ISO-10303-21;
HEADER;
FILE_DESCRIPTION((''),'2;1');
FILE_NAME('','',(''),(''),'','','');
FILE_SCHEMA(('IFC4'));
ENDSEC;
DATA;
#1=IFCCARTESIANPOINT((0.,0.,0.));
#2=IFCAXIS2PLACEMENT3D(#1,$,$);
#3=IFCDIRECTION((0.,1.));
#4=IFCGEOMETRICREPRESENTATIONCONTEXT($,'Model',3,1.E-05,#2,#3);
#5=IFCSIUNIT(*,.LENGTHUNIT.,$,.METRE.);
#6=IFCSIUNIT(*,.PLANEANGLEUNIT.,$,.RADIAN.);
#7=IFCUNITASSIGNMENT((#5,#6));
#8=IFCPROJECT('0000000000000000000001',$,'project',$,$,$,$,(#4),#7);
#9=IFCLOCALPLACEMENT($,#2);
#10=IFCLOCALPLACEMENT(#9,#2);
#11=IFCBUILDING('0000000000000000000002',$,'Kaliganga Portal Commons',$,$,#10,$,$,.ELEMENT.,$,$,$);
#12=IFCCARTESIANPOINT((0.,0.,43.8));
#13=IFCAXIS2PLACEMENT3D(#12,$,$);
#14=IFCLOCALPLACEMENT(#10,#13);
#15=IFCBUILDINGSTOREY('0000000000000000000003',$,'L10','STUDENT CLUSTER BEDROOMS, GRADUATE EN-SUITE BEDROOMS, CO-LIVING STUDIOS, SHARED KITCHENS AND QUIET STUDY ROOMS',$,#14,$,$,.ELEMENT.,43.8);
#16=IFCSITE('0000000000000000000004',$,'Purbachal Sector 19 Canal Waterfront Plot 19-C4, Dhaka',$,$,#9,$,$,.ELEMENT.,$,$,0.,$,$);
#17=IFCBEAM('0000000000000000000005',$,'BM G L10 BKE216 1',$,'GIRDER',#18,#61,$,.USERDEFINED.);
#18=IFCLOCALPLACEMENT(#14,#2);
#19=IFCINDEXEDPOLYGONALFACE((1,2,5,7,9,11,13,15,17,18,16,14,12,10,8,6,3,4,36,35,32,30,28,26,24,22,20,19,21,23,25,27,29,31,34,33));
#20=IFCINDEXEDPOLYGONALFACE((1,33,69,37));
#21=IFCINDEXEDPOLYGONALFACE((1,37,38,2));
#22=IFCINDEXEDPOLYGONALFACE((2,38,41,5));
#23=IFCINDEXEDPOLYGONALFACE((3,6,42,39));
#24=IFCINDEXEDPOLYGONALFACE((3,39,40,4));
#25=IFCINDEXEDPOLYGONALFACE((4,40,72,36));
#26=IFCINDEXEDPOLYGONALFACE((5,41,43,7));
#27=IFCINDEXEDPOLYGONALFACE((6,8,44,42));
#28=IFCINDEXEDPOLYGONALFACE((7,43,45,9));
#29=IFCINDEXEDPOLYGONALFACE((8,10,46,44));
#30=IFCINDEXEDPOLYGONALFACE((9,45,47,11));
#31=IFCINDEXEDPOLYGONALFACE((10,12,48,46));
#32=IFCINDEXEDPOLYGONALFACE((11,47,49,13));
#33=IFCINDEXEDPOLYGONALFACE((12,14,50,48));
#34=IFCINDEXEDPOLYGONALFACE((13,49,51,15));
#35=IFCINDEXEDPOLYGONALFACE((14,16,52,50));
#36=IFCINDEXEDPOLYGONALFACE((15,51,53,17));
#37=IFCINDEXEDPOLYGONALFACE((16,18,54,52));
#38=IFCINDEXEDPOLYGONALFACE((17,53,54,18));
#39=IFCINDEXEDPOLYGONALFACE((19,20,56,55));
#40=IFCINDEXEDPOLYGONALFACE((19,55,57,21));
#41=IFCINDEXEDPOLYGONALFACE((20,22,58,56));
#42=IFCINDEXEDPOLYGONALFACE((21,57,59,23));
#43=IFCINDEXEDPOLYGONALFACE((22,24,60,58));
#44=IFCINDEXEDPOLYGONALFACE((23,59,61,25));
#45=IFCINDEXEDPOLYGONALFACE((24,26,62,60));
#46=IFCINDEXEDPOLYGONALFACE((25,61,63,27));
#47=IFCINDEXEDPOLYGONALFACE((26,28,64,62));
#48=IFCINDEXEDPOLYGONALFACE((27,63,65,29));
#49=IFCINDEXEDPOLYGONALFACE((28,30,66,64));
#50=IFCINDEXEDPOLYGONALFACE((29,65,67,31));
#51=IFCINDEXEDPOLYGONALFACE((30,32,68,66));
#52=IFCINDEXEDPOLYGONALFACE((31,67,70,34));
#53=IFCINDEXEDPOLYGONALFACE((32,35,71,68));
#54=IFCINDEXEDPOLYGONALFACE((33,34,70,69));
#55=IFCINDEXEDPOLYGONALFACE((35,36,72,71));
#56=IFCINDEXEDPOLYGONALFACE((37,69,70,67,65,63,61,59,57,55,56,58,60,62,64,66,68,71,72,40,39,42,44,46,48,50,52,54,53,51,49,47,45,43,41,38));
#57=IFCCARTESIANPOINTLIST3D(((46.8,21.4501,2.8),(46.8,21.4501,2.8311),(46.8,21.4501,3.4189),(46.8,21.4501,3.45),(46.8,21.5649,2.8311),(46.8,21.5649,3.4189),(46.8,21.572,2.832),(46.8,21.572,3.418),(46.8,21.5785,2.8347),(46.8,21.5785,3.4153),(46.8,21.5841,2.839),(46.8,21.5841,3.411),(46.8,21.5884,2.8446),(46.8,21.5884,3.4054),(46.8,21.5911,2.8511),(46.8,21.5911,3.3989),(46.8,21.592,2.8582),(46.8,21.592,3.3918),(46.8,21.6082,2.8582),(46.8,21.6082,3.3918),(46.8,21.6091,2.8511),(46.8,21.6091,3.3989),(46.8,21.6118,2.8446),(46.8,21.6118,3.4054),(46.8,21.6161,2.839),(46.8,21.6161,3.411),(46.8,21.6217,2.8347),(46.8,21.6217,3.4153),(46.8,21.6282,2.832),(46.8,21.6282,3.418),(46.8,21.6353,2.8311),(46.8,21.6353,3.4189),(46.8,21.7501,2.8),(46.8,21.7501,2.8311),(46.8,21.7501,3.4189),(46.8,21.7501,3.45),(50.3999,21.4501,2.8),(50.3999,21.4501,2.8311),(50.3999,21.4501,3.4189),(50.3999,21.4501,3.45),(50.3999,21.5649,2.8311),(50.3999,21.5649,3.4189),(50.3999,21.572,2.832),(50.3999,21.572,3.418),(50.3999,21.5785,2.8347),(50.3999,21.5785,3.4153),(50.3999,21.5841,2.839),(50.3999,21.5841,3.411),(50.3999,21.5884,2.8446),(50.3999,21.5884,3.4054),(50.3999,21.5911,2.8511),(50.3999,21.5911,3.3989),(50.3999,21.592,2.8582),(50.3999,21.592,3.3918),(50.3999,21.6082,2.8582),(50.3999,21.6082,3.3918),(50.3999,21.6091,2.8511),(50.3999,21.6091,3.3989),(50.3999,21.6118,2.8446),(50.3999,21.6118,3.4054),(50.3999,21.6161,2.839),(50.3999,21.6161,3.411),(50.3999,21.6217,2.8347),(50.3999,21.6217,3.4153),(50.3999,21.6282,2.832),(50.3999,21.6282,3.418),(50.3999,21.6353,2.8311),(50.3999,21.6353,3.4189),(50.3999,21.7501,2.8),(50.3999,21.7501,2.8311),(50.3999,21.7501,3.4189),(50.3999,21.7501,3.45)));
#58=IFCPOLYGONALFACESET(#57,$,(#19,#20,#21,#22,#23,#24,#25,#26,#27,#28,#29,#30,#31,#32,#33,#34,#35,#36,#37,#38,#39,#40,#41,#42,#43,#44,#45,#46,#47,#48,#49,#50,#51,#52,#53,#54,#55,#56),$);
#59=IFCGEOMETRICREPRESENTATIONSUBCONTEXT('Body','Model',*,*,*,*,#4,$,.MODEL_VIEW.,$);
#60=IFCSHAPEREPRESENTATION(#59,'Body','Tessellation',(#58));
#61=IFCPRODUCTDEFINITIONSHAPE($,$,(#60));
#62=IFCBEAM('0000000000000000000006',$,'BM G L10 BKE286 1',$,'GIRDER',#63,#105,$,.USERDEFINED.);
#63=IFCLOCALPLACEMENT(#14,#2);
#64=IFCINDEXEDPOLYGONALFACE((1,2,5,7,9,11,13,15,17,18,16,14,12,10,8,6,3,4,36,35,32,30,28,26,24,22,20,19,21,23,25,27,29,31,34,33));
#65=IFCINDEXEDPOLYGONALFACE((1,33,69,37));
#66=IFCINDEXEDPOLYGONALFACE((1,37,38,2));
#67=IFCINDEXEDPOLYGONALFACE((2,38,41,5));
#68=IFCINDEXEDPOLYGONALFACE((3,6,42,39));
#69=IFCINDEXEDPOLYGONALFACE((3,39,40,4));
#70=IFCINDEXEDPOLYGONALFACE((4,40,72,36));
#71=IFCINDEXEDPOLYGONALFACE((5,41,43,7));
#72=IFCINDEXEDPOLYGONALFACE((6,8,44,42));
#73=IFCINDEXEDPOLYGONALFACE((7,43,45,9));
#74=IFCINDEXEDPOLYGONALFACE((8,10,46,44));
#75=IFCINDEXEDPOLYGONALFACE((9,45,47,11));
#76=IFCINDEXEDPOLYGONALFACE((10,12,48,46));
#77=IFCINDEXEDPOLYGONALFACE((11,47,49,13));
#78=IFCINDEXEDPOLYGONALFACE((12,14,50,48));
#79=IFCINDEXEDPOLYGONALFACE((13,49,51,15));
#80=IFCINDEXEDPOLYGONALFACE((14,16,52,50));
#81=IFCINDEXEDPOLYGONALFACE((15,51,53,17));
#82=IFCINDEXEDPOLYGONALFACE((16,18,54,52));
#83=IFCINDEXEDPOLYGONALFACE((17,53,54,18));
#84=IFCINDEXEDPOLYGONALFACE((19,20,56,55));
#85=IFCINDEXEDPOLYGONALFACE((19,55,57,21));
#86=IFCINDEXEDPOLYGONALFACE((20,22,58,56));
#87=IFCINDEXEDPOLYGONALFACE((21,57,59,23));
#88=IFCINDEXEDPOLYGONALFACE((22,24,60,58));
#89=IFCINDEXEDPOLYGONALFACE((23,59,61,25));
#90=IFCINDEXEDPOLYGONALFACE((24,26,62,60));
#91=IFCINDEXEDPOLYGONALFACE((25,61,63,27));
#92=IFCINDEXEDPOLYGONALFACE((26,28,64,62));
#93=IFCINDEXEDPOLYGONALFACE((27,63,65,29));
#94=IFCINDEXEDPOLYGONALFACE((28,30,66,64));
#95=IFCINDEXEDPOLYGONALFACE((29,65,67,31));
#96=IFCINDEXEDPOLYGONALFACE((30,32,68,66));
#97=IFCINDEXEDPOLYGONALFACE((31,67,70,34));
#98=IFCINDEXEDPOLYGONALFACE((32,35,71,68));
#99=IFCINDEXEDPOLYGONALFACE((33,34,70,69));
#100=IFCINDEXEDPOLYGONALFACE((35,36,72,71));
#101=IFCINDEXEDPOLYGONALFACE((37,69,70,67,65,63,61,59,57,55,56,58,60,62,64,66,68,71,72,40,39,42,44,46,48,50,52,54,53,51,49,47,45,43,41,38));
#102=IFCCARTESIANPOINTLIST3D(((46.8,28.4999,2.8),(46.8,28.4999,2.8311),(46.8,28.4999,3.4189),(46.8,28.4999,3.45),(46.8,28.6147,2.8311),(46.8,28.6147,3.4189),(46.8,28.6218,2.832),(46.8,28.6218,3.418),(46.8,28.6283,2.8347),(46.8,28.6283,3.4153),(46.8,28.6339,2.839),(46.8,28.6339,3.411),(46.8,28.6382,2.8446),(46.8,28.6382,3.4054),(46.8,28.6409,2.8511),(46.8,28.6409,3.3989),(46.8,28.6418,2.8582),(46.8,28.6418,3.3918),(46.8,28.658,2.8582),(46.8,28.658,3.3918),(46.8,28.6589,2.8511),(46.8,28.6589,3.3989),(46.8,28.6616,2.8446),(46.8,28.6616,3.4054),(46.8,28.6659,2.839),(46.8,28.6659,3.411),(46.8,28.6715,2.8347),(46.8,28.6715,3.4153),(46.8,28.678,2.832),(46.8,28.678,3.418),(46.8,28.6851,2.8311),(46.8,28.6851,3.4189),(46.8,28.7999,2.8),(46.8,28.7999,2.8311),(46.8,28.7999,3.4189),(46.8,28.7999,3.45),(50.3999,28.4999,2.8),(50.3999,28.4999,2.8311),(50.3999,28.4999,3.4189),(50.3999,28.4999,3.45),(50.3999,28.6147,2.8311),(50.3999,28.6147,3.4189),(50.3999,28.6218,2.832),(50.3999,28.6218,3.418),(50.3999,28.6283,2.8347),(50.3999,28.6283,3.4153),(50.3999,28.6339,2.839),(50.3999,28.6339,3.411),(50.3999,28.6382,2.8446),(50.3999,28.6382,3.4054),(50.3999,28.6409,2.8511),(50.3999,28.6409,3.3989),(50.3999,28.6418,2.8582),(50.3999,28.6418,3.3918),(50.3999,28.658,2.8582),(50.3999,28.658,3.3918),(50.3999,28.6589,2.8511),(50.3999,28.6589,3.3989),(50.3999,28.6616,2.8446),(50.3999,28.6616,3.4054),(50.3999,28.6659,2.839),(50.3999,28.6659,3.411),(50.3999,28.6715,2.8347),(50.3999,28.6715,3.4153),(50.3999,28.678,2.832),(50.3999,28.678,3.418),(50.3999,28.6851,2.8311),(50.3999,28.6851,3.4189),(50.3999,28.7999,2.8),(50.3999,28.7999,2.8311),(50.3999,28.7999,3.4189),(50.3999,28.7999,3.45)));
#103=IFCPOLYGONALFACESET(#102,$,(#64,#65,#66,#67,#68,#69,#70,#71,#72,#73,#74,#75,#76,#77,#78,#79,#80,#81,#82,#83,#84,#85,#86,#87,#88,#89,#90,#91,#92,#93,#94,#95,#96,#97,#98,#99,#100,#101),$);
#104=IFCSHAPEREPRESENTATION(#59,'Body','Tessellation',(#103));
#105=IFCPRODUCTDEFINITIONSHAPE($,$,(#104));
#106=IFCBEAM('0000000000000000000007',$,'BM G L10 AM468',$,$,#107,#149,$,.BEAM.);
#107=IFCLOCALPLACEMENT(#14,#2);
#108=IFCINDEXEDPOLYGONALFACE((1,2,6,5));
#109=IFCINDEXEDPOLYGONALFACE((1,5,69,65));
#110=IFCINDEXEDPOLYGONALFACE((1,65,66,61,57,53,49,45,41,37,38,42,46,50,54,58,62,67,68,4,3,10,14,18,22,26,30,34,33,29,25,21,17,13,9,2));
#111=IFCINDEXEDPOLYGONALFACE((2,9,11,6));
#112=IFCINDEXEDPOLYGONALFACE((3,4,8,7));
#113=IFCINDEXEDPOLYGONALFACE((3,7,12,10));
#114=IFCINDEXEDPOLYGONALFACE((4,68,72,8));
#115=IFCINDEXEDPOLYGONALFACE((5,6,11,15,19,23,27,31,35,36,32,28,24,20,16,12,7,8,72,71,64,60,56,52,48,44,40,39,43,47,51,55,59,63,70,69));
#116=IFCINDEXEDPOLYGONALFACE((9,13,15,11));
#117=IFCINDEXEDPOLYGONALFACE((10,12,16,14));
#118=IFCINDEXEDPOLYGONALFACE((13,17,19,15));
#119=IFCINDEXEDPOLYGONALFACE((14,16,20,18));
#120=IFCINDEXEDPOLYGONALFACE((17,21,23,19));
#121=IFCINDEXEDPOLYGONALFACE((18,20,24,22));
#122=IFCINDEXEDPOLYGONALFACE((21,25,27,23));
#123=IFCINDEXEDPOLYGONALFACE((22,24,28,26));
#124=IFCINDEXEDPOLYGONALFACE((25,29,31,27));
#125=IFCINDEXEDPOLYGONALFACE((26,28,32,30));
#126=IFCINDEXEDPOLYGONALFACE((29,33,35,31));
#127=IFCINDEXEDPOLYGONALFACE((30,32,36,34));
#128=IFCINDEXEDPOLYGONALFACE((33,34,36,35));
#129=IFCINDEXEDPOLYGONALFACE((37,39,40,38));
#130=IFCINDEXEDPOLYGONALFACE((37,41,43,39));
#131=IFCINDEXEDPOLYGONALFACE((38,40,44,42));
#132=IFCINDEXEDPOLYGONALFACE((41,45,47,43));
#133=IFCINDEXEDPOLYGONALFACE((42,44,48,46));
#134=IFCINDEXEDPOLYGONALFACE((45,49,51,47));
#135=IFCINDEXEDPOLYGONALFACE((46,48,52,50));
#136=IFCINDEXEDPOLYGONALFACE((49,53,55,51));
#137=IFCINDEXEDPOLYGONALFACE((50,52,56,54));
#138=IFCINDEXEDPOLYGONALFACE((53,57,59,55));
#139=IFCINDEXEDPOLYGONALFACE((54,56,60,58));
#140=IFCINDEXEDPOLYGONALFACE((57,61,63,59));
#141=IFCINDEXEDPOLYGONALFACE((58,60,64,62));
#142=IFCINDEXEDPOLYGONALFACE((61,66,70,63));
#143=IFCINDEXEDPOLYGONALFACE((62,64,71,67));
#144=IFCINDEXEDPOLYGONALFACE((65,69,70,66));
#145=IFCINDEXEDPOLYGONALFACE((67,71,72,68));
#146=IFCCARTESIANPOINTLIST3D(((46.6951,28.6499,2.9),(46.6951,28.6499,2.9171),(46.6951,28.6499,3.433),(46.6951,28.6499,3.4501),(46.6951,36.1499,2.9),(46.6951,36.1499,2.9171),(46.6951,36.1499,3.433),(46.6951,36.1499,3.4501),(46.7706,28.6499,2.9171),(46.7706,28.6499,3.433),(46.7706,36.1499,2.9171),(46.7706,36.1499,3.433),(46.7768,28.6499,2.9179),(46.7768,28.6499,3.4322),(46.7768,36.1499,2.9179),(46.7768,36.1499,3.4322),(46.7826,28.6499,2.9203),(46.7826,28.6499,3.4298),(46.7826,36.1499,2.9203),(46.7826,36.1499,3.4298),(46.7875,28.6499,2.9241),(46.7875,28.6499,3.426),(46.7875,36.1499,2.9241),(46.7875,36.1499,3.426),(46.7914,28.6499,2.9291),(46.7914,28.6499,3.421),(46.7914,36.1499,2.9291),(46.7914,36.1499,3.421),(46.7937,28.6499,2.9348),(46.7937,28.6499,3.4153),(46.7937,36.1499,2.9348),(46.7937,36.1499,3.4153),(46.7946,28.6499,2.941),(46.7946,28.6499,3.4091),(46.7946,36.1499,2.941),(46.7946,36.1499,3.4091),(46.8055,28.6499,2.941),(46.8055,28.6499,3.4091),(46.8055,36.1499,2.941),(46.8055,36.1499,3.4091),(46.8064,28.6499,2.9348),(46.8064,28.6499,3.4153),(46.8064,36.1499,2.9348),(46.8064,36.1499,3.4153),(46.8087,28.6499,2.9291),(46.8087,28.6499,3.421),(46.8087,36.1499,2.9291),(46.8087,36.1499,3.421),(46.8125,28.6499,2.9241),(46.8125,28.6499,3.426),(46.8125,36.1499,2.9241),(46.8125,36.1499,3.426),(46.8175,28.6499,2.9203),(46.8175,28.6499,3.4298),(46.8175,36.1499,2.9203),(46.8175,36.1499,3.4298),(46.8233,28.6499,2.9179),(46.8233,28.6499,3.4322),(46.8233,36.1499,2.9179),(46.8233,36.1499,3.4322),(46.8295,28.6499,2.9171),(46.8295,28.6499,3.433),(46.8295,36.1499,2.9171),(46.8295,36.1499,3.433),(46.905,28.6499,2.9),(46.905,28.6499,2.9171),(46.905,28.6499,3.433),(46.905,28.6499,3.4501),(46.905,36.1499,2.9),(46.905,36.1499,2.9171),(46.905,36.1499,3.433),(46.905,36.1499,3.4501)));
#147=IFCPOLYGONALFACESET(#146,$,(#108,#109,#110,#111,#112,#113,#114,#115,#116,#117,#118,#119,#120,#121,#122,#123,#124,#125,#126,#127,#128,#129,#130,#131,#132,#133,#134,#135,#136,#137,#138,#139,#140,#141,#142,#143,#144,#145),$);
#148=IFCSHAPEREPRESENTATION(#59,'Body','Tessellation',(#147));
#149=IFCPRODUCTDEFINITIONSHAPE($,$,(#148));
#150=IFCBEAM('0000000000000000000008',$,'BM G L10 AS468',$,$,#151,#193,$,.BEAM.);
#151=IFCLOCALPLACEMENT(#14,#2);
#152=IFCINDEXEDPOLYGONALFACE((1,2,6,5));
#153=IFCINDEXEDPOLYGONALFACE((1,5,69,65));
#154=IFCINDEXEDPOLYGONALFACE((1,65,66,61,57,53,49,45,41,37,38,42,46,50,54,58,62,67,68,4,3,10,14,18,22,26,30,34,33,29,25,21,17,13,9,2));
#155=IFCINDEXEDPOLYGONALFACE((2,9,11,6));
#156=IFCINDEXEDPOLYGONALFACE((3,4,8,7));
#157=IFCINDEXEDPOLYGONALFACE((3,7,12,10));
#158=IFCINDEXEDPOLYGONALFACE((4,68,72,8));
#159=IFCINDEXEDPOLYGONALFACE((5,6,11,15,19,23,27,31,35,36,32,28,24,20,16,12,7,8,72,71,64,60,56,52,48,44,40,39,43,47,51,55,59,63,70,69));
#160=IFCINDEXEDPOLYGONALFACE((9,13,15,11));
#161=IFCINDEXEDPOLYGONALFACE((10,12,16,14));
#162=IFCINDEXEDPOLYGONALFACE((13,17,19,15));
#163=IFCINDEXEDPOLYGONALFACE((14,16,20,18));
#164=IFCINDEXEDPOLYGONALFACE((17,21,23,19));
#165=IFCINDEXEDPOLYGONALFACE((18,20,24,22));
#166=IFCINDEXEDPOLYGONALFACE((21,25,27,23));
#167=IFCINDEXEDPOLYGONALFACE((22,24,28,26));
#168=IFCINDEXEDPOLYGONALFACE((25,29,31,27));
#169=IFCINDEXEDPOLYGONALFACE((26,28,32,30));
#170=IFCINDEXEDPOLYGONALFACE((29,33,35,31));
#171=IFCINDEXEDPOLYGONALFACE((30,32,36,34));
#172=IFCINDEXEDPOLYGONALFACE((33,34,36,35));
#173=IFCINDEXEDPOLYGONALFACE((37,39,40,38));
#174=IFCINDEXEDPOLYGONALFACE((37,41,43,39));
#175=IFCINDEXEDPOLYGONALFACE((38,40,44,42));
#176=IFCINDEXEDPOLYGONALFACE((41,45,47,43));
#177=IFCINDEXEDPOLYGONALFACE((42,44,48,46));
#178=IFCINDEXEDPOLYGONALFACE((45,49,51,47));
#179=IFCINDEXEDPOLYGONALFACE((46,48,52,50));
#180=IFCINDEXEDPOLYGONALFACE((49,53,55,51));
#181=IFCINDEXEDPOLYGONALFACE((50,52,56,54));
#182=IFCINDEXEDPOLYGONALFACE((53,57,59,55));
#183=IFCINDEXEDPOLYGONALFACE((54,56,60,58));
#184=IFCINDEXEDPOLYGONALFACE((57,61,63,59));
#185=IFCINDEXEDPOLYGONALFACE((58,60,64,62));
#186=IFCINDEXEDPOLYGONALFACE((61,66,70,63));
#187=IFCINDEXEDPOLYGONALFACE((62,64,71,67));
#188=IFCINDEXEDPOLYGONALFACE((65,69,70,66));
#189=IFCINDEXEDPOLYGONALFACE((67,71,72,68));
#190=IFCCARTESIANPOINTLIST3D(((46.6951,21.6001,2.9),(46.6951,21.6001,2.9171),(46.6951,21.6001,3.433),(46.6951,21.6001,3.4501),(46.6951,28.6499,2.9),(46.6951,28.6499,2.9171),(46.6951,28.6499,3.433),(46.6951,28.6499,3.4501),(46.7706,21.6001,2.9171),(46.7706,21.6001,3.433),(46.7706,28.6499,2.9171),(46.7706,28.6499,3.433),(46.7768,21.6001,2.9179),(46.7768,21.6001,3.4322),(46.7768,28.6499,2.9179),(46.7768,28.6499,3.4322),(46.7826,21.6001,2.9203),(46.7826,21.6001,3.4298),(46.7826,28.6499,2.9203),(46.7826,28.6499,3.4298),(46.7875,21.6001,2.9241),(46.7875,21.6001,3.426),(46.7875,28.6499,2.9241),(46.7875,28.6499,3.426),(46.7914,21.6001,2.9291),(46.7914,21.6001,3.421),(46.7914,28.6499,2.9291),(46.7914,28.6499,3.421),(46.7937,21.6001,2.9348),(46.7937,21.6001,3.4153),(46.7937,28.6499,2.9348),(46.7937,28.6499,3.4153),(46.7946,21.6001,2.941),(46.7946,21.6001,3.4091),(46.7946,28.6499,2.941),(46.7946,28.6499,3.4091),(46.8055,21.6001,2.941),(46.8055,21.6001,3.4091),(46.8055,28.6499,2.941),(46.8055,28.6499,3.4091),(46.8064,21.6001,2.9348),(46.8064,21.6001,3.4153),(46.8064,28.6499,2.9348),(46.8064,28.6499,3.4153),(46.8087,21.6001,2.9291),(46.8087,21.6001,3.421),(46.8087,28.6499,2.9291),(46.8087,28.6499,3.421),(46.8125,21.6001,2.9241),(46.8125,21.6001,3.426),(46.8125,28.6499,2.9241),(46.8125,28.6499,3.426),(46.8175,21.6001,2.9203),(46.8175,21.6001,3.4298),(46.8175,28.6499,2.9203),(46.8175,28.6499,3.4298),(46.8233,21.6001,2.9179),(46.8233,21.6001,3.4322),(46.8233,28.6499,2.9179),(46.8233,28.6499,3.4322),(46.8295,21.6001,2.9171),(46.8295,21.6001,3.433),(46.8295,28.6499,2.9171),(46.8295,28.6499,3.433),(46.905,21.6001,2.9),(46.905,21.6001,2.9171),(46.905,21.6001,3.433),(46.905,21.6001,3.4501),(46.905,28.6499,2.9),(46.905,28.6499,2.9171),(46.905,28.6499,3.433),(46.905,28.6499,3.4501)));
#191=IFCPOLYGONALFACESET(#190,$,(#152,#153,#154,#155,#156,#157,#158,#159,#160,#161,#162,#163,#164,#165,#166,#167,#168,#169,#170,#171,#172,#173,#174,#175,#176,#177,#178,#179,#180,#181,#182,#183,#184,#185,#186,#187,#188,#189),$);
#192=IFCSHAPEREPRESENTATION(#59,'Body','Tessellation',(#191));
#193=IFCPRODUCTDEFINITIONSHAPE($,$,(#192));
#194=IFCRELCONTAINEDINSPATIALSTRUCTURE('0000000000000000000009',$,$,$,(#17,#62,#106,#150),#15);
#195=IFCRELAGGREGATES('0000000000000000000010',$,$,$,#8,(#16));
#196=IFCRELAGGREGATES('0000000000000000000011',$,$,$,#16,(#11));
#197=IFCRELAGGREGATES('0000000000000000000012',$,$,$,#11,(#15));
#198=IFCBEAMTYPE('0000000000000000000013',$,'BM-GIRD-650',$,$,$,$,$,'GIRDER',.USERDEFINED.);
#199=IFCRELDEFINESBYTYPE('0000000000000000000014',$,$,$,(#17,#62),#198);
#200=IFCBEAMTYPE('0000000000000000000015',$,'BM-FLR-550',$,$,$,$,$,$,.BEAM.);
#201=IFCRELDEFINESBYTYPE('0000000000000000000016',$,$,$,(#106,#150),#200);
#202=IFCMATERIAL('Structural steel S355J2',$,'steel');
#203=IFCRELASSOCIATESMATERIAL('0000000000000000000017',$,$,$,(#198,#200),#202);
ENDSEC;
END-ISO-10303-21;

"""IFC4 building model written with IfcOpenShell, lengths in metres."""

from ifc_helpers import new_model, si_unit, direction, frame, origin, origin_2d, place, context, subcontext, project, spatial, i_section, extrude, source, transform, mapped, material, material_profile, profile_set, type_object, element, save


model = new_model("IFC4")

# Units and contexts
model_context = context("Model", 3, precision=1e-05, world=origin(), true_north=direction((0.0, 1.0)))
body_context = subcontext(model_context, "Body", "Model", "MODEL_VIEW")
ifc_project = project(units=[si_unit("LENGTHUNIT", "METRE"), si_unit("PLANEANGLEUNIT", "RADIAN")], contexts=[model_context])

# Site, building, storey
site_placement = place(None, origin())
site = spatial("IfcSite", under=ifc_project, at=site_placement, Name="Purbachal Sector 19 Canal Waterfront Plot 19-C4, Dhaka", CompositionType="ELEMENT", RefElevation=0.0)
building_placement = place(site_placement, origin())
building = spatial("IfcBuilding", under=site, at=building_placement, Name="Kaliganga Portal Commons", CompositionType="ELEMENT")
storey_placement = place(building_placement, frame((0.0, 0.0, 43.8)))
storey = spatial("IfcBuildingStorey", under=building, at=storey_placement, Name="L10", Description="STUDENT CLUSTER BEDROOMS, GRADUATE EN-SUITE BEDROOMS, CO-LIVING STUDIOS, SHARED KITCHENS AND QUIET STUDY ROOMS", CompositionType="ELEMENT", Elevation=43.8)

# Beams
ifc_material_1 = material(Name="Structural steel S355J2", Category="steel")
ifc_material_profile_1 = material_profile(ifc_material_1, i_section(OverallWidth=0.3, OverallDepth=0.6499, WebThickness=0.0161, FlangeThickness=0.031, FilletRadius=0.0271, at=origin_2d()), Name="HE 650 B")
ifc_profile_set_1 = profile_set([ifc_material_profile_1], Name="Structural steel S355J2 wide-flange")
beam_type_1 = type_object("IfcBeamType", Name="BM-GIRD-650", ElementType="GIRDER", PredefinedType="USERDEFINED", material=ifc_profile_set_1)
shared_shape_1 = source(origin(), body_context, "Body", "SweptSolid", [
    extrude(i_section(OverallWidth=0.3, OverallDepth=0.6499, WebThickness=0.0161, FlangeThickness=0.031, FilletRadius=0.0271, at=origin_2d()), origin(), (0.0, 0.0, 1.0), 3.5999),
])
for number, where, z_axis, x_axis, name in (
    (1, (46.8, 21.6001, 3.125), (1.0, 0.0, 0.0), (0.0, 1.0, 0.0), "BM G L10 BKE216 1"),
    (2, (46.8, 28.6499, 3.125), (1.0, 0.0, 0.0), (0.0, 1.0, 0.0), "BM G L10 BKE286 1"),
):
    element("IfcBeam", number, at=place(storey_placement, frame(where, z_axis=z_axis, x_axis=x_axis)), inside=storey, type_object=beam_type_1, Name=name, ObjectType="GIRDER", PredefinedType="USERDEFINED", context=body_context, shape_type="MappedRepresentation", body=[
        mapped(shared_shape_1, transform((0.0, 0.0, 0.0), x_axis=(1.0, 0.0, 0.0), y_axis=(0.0, 1.0, 0.0), z_axis=(0.0, 0.0, 1.0), scale=1.0)),
    ])
ifc_material_profile_2 = material_profile(ifc_material_1, i_section(OverallWidth=0.21, OverallDepth=0.55, WebThickness=0.011, FlangeThickness=0.0171, FilletRadius=0.0239, at=origin_2d()), Name="IPE 550")
ifc_profile_set_2 = profile_set([ifc_material_profile_2], Name="Structural steel S355J2 wide-flange")
beam_type_2 = type_object("IfcBeamType", Name="BM-FLR-550", PredefinedType="BEAM", material=ifc_profile_set_2)
shared_shape_2 = source(origin(), body_context, "Body", "SweptSolid", [
    extrude(i_section(OverallWidth=0.21, OverallDepth=0.55, WebThickness=0.011, FlangeThickness=0.0171, FilletRadius=0.0239, at=origin_2d()), origin(), (0.0, 0.0, 1.0), 7.5),
])
beam_1_placement = place(storey_placement, frame((46.8, 28.6499, 3.175), z_axis=(0.0, 1.0, 0.0), x_axis=(-1.0, 0.0, 0.0)))
element("IfcBeam", 3, at=beam_1_placement, inside=storey, type_object=beam_type_2, Name="BM G L10 AM468", PredefinedType="BEAM", context=body_context, shape_type="MappedRepresentation", body=[
    mapped(shared_shape_2, transform((0.0, 0.0, 0.0), x_axis=(1.0, 0.0, 0.0), y_axis=(0.0, 1.0, 0.0), z_axis=(0.0, 0.0, 1.0), scale=1.0)),
])
shared_shape_3 = source(origin(), body_context, "Body", "SweptSolid", [
    extrude(i_section(OverallWidth=0.21, OverallDepth=0.55, WebThickness=0.011, FlangeThickness=0.0171, FilletRadius=0.0239, at=origin_2d()), origin(), (0.0, 0.0, 1.0), 7.0498),
])
beam_2_placement = place(storey_placement, frame((46.8, 21.6001, 3.175), z_axis=(0.0, 1.0, 0.0), x_axis=(-1.0, 0.0, 0.0)))
element("IfcBeam", 4, at=beam_2_placement, inside=storey, type_object=beam_type_2, Name="BM G L10 AS468", PredefinedType="BEAM", context=body_context, shape_type="MappedRepresentation", body=[
    mapped(shared_shape_3, transform((0.0, 0.0, 0.0), x_axis=(1.0, 0.0, 0.0), y_axis=(0.0, 1.0, 0.0), z_axis=(0.0, 0.0, 1.0), scale=1.0)),
])

save(model, "model.ifc")
